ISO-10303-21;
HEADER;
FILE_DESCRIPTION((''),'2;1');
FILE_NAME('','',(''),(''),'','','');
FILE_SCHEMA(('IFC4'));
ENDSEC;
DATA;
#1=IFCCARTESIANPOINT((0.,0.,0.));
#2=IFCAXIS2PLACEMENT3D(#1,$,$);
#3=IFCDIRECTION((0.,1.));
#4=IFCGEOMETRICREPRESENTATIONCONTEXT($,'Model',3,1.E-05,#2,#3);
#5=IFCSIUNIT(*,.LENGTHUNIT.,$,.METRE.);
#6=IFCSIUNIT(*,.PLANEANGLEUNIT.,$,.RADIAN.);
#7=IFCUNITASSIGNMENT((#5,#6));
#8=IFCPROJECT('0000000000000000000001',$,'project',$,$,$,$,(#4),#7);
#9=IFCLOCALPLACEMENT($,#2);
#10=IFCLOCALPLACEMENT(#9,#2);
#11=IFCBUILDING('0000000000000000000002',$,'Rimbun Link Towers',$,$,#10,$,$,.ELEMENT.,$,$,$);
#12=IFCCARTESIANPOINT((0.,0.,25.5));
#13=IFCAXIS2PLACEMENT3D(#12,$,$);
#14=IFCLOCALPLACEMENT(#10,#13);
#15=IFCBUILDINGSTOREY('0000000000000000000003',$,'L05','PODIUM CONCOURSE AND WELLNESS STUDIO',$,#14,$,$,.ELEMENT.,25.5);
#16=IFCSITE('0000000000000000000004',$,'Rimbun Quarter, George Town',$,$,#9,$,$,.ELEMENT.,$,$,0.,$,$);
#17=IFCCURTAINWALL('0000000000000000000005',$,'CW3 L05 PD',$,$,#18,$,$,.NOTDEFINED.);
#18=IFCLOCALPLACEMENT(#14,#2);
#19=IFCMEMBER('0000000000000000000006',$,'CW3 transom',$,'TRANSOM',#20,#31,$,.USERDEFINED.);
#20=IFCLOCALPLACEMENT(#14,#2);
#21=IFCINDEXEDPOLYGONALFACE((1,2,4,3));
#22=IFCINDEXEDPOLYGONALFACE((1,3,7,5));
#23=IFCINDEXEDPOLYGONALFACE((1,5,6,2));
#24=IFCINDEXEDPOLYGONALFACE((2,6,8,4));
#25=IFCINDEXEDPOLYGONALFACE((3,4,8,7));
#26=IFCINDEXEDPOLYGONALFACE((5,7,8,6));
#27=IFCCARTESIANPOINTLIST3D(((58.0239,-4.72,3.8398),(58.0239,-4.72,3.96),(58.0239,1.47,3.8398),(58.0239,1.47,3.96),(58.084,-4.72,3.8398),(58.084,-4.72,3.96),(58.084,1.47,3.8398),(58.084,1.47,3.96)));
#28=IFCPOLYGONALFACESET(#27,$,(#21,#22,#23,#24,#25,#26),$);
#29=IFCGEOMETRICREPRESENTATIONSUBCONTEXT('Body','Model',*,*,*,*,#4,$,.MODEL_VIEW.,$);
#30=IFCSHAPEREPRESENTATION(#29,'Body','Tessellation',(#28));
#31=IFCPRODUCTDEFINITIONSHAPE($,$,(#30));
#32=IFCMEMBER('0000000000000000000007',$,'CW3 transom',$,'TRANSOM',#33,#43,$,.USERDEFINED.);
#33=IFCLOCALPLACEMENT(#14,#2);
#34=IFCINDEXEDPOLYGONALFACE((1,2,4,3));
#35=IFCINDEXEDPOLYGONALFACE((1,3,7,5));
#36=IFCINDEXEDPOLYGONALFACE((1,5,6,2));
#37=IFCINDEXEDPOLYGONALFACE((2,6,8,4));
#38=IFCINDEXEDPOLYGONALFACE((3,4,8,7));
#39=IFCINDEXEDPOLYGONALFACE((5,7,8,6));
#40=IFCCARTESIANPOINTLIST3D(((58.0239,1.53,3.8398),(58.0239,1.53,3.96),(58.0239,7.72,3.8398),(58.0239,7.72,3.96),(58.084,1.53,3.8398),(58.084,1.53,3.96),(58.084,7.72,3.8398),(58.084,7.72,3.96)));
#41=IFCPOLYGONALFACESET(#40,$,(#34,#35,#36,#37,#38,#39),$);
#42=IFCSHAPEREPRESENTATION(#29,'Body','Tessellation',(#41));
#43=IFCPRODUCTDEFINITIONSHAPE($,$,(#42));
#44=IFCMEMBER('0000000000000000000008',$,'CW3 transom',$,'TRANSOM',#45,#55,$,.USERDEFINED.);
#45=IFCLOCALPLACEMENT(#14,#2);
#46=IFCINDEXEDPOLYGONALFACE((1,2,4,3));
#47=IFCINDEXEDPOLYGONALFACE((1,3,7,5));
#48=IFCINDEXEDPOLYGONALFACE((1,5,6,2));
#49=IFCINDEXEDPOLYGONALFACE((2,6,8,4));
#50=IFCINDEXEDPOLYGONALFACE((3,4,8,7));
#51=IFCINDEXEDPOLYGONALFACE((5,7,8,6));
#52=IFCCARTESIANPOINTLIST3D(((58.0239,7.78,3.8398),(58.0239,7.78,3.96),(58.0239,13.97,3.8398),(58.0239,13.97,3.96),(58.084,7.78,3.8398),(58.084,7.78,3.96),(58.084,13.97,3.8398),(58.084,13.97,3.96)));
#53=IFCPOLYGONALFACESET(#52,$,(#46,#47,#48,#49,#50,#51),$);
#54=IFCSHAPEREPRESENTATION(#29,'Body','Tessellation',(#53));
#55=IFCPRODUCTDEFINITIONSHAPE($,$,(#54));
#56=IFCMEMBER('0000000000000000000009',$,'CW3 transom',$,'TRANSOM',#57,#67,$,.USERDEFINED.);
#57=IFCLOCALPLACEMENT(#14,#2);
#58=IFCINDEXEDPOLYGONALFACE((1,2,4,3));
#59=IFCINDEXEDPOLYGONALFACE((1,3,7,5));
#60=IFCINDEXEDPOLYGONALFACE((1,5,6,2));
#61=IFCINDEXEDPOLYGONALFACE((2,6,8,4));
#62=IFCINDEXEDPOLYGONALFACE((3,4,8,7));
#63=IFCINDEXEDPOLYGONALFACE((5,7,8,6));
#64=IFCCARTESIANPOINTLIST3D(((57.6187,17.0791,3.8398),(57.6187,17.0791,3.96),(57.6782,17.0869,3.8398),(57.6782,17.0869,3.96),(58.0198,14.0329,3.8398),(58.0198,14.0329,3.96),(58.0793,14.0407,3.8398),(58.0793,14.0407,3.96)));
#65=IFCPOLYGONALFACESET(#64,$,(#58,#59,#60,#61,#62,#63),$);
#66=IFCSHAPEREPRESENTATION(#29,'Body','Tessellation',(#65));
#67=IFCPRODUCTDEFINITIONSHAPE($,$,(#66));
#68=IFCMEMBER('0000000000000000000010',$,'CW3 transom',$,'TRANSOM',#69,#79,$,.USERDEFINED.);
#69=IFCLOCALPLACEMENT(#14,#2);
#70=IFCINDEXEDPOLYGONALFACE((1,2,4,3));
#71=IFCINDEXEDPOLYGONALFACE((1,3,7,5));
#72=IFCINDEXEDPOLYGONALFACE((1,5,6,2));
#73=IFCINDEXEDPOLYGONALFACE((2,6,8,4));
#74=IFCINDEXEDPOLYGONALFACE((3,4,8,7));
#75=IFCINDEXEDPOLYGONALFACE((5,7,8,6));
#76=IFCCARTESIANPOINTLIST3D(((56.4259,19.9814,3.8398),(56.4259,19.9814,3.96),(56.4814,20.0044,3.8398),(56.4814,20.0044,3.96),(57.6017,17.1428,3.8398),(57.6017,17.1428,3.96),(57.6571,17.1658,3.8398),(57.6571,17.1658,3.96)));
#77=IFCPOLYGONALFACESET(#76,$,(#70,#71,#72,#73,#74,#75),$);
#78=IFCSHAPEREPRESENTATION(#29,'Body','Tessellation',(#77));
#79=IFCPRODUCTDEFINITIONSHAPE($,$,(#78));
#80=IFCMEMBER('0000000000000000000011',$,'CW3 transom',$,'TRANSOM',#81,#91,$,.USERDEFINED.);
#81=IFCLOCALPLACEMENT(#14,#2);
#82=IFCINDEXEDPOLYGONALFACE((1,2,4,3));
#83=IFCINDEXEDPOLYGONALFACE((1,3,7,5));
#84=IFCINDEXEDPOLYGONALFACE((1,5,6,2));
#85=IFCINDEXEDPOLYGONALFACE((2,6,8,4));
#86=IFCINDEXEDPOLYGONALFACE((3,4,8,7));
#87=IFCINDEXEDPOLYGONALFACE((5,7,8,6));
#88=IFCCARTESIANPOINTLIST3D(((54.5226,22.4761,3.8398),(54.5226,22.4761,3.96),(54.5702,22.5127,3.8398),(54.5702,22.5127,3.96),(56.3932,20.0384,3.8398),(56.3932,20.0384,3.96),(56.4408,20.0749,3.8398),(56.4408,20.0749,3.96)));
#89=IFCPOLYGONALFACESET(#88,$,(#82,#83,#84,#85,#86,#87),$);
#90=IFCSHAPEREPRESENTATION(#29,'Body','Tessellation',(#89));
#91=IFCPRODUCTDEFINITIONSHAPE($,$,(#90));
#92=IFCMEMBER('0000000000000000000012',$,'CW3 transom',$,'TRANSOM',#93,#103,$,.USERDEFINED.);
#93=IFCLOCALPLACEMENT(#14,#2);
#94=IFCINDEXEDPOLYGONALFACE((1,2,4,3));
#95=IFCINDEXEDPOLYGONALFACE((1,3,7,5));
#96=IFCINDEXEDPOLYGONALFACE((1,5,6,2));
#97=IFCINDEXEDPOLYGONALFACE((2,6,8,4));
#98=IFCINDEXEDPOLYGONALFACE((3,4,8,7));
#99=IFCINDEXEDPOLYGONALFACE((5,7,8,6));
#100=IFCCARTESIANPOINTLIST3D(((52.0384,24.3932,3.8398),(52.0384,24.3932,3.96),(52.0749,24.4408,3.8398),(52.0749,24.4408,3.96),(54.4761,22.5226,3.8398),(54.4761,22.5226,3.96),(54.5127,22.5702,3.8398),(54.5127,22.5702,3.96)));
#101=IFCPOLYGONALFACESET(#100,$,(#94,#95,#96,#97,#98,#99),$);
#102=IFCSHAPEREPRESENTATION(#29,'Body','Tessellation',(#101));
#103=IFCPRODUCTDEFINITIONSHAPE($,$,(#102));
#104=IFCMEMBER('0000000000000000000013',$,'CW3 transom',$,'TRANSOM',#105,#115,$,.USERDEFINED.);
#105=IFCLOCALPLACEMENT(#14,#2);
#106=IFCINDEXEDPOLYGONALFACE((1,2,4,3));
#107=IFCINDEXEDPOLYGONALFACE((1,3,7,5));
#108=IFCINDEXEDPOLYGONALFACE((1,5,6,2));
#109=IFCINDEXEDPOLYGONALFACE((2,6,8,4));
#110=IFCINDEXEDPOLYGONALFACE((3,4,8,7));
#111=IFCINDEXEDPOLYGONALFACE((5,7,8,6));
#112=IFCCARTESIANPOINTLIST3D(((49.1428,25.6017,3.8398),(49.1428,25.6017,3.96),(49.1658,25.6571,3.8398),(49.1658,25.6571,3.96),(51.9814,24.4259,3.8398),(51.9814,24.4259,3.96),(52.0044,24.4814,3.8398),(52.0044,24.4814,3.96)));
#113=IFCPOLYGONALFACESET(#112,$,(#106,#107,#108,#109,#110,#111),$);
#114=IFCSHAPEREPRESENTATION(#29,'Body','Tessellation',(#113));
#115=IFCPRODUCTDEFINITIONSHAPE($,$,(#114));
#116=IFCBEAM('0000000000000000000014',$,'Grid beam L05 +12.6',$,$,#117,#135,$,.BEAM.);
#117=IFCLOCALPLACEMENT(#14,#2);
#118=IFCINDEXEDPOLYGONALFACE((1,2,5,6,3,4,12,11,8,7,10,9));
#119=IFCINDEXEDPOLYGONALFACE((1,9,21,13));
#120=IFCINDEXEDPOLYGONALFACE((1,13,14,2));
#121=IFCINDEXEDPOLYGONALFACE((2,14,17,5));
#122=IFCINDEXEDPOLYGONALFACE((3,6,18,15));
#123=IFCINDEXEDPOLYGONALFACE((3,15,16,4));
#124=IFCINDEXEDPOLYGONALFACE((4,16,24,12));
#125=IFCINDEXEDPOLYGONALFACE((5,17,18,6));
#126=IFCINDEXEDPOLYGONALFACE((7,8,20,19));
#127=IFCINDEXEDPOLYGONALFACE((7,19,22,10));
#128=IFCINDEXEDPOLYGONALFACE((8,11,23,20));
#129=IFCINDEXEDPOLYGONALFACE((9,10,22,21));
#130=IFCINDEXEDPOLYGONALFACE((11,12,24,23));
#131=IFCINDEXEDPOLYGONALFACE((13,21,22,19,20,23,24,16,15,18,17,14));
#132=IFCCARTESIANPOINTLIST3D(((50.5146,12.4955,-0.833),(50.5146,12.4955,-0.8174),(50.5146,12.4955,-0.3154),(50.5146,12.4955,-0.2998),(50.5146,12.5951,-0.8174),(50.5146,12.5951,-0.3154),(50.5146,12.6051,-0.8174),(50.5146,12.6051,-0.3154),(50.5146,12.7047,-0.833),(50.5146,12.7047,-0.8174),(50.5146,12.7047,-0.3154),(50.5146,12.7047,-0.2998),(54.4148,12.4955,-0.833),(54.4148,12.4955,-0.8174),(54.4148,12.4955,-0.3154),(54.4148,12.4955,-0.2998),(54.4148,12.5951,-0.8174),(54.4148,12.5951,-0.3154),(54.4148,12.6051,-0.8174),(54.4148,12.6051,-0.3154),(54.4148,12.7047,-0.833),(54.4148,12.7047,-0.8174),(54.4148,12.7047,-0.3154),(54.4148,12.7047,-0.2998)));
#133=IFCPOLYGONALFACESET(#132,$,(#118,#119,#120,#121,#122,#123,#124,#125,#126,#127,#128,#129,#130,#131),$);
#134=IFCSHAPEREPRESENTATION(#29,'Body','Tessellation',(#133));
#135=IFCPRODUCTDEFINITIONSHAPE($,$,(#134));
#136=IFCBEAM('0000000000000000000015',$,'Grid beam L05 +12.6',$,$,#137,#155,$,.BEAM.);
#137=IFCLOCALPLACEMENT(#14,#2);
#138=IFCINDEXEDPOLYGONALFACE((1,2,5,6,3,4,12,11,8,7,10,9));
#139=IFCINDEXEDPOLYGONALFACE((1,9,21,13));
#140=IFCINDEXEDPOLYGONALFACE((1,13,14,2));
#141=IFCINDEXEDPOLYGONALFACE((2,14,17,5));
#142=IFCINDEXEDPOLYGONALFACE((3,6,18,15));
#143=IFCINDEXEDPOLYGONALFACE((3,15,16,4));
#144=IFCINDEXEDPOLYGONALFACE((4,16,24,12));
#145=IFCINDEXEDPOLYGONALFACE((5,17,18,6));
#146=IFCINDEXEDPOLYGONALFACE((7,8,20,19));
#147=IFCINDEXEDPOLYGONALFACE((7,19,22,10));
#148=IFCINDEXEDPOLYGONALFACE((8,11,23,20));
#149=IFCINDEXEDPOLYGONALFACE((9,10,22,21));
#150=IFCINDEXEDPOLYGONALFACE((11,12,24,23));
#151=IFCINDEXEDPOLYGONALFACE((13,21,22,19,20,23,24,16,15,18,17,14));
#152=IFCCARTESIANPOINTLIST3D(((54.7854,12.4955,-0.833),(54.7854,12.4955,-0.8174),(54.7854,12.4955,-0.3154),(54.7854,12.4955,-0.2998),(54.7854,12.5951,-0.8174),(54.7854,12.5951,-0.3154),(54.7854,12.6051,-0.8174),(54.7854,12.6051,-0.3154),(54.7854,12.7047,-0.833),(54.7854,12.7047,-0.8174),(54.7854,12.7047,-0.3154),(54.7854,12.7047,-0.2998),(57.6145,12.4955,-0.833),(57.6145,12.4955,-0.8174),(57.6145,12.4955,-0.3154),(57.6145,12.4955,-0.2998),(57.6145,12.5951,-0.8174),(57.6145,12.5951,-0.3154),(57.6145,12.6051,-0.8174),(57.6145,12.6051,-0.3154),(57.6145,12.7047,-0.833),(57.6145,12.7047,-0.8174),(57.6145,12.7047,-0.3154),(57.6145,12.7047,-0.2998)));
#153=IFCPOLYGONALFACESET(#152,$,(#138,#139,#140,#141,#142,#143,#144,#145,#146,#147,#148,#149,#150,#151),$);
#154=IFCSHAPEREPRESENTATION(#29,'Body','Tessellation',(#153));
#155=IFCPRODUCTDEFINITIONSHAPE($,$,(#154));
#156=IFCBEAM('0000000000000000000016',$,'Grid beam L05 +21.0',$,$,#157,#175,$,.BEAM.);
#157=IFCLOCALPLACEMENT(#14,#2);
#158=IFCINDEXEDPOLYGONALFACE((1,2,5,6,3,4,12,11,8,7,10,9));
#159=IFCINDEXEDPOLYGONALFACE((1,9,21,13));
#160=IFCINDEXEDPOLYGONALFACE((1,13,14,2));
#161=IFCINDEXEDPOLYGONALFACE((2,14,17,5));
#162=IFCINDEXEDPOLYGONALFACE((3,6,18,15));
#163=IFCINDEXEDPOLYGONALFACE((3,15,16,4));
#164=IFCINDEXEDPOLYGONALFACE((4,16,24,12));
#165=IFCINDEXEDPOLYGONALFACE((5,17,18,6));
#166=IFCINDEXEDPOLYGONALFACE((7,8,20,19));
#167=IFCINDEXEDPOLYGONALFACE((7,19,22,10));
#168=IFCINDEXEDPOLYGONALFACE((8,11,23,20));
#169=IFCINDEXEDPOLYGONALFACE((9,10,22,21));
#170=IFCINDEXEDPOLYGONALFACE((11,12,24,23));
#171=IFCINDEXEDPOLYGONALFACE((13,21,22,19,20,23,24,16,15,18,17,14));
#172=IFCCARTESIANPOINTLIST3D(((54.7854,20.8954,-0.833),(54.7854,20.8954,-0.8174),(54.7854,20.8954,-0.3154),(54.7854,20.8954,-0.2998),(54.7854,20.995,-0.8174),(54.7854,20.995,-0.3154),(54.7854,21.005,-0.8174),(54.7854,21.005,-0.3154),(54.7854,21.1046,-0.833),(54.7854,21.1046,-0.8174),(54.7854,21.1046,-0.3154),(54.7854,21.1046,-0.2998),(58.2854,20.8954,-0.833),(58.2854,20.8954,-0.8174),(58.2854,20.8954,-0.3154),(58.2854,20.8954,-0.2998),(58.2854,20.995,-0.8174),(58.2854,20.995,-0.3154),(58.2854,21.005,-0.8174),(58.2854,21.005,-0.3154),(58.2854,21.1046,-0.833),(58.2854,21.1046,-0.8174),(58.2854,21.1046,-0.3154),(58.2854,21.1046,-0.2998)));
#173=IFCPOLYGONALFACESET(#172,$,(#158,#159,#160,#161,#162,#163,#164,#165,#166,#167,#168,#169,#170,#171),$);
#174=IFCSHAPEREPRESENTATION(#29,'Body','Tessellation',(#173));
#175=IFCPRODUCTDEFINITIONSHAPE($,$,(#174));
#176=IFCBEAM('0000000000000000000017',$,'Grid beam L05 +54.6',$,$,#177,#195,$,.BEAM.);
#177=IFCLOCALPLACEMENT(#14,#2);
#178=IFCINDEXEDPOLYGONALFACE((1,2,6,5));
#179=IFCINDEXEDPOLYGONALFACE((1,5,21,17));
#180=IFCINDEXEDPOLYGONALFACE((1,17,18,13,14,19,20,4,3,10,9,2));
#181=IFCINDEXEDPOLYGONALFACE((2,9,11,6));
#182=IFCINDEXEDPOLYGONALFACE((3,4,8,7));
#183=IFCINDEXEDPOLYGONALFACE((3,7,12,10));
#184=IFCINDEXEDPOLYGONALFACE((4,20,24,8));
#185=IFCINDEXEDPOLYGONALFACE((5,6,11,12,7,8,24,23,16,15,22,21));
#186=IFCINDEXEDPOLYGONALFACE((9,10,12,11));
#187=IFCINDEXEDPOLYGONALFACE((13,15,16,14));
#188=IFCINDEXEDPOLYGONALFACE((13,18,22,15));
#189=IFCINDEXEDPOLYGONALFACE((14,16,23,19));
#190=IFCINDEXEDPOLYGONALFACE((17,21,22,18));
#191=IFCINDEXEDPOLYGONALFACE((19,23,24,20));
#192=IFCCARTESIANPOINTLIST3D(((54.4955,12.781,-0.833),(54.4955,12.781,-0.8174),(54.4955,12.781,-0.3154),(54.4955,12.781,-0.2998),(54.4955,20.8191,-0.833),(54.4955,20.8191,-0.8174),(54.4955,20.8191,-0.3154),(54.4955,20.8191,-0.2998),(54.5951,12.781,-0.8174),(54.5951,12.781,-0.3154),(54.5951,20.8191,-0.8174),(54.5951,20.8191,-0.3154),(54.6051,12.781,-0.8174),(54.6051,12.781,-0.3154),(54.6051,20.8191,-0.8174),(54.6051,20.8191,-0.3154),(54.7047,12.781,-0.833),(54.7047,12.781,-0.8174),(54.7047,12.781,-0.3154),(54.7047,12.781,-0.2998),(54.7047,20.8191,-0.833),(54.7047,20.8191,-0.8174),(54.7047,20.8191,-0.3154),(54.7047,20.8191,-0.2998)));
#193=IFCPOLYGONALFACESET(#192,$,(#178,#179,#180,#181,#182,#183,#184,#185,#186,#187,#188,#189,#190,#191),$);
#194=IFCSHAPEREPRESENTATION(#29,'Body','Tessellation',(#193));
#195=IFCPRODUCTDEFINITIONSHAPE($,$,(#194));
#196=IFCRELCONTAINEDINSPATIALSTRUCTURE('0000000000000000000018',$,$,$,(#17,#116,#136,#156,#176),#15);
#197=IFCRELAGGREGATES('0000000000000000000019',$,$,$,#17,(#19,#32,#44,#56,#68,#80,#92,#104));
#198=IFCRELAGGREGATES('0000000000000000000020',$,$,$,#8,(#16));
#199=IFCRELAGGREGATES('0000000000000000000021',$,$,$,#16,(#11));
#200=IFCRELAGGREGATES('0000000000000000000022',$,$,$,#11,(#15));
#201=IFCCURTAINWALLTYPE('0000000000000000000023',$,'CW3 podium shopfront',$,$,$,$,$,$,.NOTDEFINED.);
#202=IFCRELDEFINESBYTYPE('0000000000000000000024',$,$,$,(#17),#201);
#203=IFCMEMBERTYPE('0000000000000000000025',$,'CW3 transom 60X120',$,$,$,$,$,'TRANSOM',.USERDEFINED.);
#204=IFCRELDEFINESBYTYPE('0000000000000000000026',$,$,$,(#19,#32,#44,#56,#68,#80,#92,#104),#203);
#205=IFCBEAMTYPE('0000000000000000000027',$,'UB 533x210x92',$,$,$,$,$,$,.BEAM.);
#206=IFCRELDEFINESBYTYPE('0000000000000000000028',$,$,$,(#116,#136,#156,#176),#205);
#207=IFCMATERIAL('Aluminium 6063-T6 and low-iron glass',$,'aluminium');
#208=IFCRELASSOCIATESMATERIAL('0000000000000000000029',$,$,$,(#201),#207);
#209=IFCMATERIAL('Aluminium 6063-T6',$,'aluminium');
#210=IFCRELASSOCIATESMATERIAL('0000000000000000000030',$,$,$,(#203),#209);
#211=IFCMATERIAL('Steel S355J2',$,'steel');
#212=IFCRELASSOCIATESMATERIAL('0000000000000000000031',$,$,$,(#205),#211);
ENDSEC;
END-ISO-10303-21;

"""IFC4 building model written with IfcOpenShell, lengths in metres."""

from ifc_helpers import new_model, si_unit, direction, frame, origin, origin_2d, place, context, subcontext, project, spatial, rectangle, i_section, extrude, material, material_profile, profile_set, type_object, element, aggregate, save


model = new_model("IFC4")

# Units and contexts
model_context = context("Model", 3, precision=1e-05, world=origin(), true_north=direction((0.0, 1.0)))
body_context = subcontext(model_context, "Body", "Model", "MODEL_VIEW")
ifc_project = project(units=[si_unit("LENGTHUNIT", "METRE"), si_unit("PLANEANGLEUNIT", "RADIAN")], contexts=[model_context])

# Site, building, storey
site_placement = place(None, origin())
site = spatial("IfcSite", under=ifc_project, at=site_placement, Name="Rimbun Quarter, George Town", CompositionType="ELEMENT", RefElevation=0.0)
building_placement = place(site_placement, origin())
building = spatial("IfcBuilding", under=site, at=building_placement, Name="Rimbun Link Towers", CompositionType="ELEMENT")
storey_placement = place(building_placement, frame((0.0, 0.0, 25.5)))
storey = spatial("IfcBuildingStorey", under=building, at=storey_placement, Name="L05", Description="PODIUM CONCOURSE AND WELLNESS STUDIO", CompositionType="ELEMENT", Elevation=25.5)

# Curtain wall, members
ifc_material_1 = material(Name="Aluminium 6063-T6 and low-iron glass", Category="aluminium")
curtain_wall_type = type_object("IfcCurtainWallType", Name="CW3 podium shopfront", PredefinedType="NOTDEFINED", material=ifc_material_1)
curtain_wall_placement = place(storey_placement, origin())
curtain_wall = element("IfcCurtainWall", 1, at=curtain_wall_placement, inside=storey, type_object=curtain_wall_type, Name="CW3 L05 PD", PredefinedType="NOTDEFINED")
ifc_material_2 = material(Name="Aluminium 6063-T6", Category="aluminium")
ifc_material_profile_1 = material_profile(ifc_material_2, rectangle(XDim=0.0601, YDim=0.1201, at=origin_2d()), Name="TRANSOM 60X120")
ifc_profile_set_1 = profile_set([ifc_material_profile_1], Name="Aluminium 6063-T6")
member_type_1 = type_object("IfcMemberType", Name="CW3 transom 60X120", ElementType="TRANSOM", PredefinedType="USERDEFINED", material=ifc_profile_set_1)
member_1_placement = place(storey_placement, frame((58.054, 1.47, 3.8999), z_axis=(0.0, -1.0, 0.0), x_axis=(1.0, 0.0, 0.0)))
member_1 = element("IfcMember", 2, at=member_1_placement, type_object=member_type_1, Name="CW3 transom", ObjectType="TRANSOM", PredefinedType="USERDEFINED", context=body_context, shape_type="SweptSolid", body=[
    extrude(rectangle(XDim=0.0601, YDim=0.1201, at=origin_2d()), origin(), (0.0, 0.0, 1.0), 6.1899),
])
member_2_placement = place(storey_placement, frame((58.054, 7.72, 3.8999), z_axis=(0.0, -1.0, 0.0), x_axis=(1.0, 0.0, 0.0)))
member_2 = element("IfcMember", 3, at=member_2_placement, type_object=member_type_1, Name="CW3 transom", ObjectType="TRANSOM", PredefinedType="USERDEFINED", context=body_context, shape_type="SweptSolid", body=[
    extrude(rectangle(XDim=0.0601, YDim=0.1201, at=origin_2d()), origin(), (0.0, 0.0, 1.0), 6.1899),
])
member_3_placement = place(storey_placement, frame((58.054, 13.97, 3.8999), z_axis=(0.0, -1.0, 0.0), x_axis=(1.0, 0.0, 0.0)))
member_3 = element("IfcMember", 4, at=member_3_placement, type_object=member_type_1, Name="CW3 transom", ObjectType="TRANSOM", PredefinedType="USERDEFINED", context=body_context, shape_type="SweptSolid", body=[
    extrude(rectangle(XDim=0.0601, YDim=0.1201, at=origin_2d()), origin(), (0.0, 0.0, 1.0), 6.1899),
])
member_4_placement = place(storey_placement, frame((57.6484, 17.083, 3.8999), z_axis=(0.130555, -0.991441, 0.0), x_axis=(0.991441, 0.130555, 0.0)))
member_4 = element("IfcMember", 5, at=member_4_placement, type_object=member_type_1, Name="CW3 transom", ObjectType="TRANSOM", PredefinedType="USERDEFINED", context=body_context, shape_type="SweptSolid", body=[
    extrude(rectangle(XDim=0.0601, YDim=0.1201, at=origin_2d()), origin(), (0.0, 0.0, 1.0), 3.0725),
])
member_5_placement = place(storey_placement, frame((56.4536, 19.9929, 3.8999), z_axis=(0.382679, -0.923881, 0.0), x_axis=(0.923881, 0.382679, 0.0)))
member_5 = element("IfcMember", 6, at=member_5_placement, type_object=member_type_1, Name="CW3 transom", ObjectType="TRANSOM", PredefinedType="USERDEFINED", context=body_context, shape_type="SweptSolid", body=[
    extrude(rectangle(XDim=0.0601, YDim=0.1201, at=origin_2d()), origin(), (0.0, 0.0, 1.0), 3.0725),
])
member_6_placement = place(storey_placement, frame((54.5464, 22.4944, 3.8999), z_axis=(0.608773, -0.793344, 0.0), x_axis=(0.793344, 0.608773, 0.0)))
member_6 = element("IfcMember", 7, at=member_6_placement, type_object=member_type_1, Name="CW3 transom", ObjectType="TRANSOM", PredefinedType="USERDEFINED", context=body_context, shape_type="SweptSolid", body=[
    extrude(rectangle(XDim=0.0601, YDim=0.1201, at=origin_2d()), origin(), (0.0, 0.0, 1.0), 3.0728),
])
member_7_placement = place(storey_placement, frame((52.0566, 24.417, 3.8999), z_axis=(0.793344, -0.608773, 0.0), x_axis=(0.608773, 0.793344, 0.0)))
member_7 = element("IfcMember", 8, at=member_7_placement, type_object=member_type_1, Name="CW3 transom", ObjectType="TRANSOM", PredefinedType="USERDEFINED", context=body_context, shape_type="SweptSolid", body=[
    extrude(rectangle(XDim=0.0601, YDim=0.1201, at=origin_2d()), origin(), (0.0, 0.0, 1.0), 3.0728),
])
member_8_placement = place(storey_placement, frame((49.1543, 25.6294, 3.8999), z_axis=(0.923881, -0.382679, 0.0), x_axis=(0.382679, 0.923881, 0.0)))
member_8 = element("IfcMember", 9, at=member_8_placement, type_object=member_type_1, Name="CW3 transom", ObjectType="TRANSOM", PredefinedType="USERDEFINED", context=body_context, shape_type="SweptSolid", body=[
    extrude(rectangle(XDim=0.0601, YDim=0.1201, at=origin_2d()), origin(), (0.0, 0.0, 1.0), 3.0725),
])

# Beams
ifc_material_3 = material(Name="Steel S355J2", Category="steel")
ifc_material_profile_2 = material_profile(ifc_material_3, i_section(OverallWidth=0.2092, OverallDepth=0.5332, WebThickness=0.01, FlangeThickness=0.0156, at=origin_2d()), Name="UB 533x210x92")
ifc_profile_set_2 = profile_set([ifc_material_profile_2], Name="Steel S355J2")
beam_type_1 = type_object("IfcBeamType", Name="UB 533x210x92", PredefinedType="BEAM", material=ifc_profile_set_2)
beam_1_placement = place(storey_placement, frame((50.5146, 12.6001, -0.5664), z_axis=(1.0, 0.0, 0.0), x_axis=(0.0, 1.0, 0.0)))
element("IfcBeam", 10, at=beam_1_placement, inside=storey, type_object=beam_type_1, Name="Grid beam L05 +12.6", PredefinedType="BEAM", context=body_context, shape_type="SweptSolid", body=[
    extrude(i_section(OverallWidth=0.2092, OverallDepth=0.5332, WebThickness=0.01, FlangeThickness=0.0156, at=origin_2d()), origin(), (0.0, 0.0, 1.0), 3.9001),
])
beam_2_placement = place(storey_placement, frame((54.7854, 12.6001, -0.5664), z_axis=(1.0, 0.0, 0.0), x_axis=(0.0, 1.0, 0.0)))
element("IfcBeam", 11, at=beam_2_placement, inside=storey, type_object=beam_type_1, Name="Grid beam L05 +12.6", PredefinedType="BEAM", context=body_context, shape_type="SweptSolid", body=[
    extrude(i_section(OverallWidth=0.2092, OverallDepth=0.5332, WebThickness=0.01, FlangeThickness=0.0156, at=origin_2d()), origin(), (0.0, 0.0, 1.0), 2.8291),
])
beam_3_placement = place(storey_placement, frame((54.7854, 21.0, -0.5664), z_axis=(1.0, 0.0, 0.0), x_axis=(0.0, 1.0, 0.0)))
element("IfcBeam", 12, at=beam_3_placement, inside=storey, type_object=beam_type_1, Name="Grid beam L05 +21.0", PredefinedType="BEAM", context=body_context, shape_type="SweptSolid", body=[
    extrude(i_section(OverallWidth=0.2092, OverallDepth=0.5332, WebThickness=0.01, FlangeThickness=0.0156, at=origin_2d()), origin(), (0.0, 0.0, 1.0), 3.5),
])
beam_4_placement = place(storey_placement, frame((54.6001, 12.781, -0.5664), z_axis=(0.0, 1.0, 0.0), x_axis=(-1.0, 0.0, 0.0)))
element("IfcBeam", 13, at=beam_4_placement, inside=storey, type_object=beam_type_1, Name="Grid beam L05 +54.6", PredefinedType="BEAM", context=body_context, shape_type="SweptSolid", body=[
    extrude(i_section(OverallWidth=0.2092, OverallDepth=0.5332, WebThickness=0.01, FlangeThickness=0.0156, at=origin_2d()), origin(), (0.0, 0.0, 1.0), 8.0381),
])

aggregate(curtain_wall, [member_1, member_2, member_3, member_4, member_5, member_6, member_7, member_8])

save(model, "model.ifc")
